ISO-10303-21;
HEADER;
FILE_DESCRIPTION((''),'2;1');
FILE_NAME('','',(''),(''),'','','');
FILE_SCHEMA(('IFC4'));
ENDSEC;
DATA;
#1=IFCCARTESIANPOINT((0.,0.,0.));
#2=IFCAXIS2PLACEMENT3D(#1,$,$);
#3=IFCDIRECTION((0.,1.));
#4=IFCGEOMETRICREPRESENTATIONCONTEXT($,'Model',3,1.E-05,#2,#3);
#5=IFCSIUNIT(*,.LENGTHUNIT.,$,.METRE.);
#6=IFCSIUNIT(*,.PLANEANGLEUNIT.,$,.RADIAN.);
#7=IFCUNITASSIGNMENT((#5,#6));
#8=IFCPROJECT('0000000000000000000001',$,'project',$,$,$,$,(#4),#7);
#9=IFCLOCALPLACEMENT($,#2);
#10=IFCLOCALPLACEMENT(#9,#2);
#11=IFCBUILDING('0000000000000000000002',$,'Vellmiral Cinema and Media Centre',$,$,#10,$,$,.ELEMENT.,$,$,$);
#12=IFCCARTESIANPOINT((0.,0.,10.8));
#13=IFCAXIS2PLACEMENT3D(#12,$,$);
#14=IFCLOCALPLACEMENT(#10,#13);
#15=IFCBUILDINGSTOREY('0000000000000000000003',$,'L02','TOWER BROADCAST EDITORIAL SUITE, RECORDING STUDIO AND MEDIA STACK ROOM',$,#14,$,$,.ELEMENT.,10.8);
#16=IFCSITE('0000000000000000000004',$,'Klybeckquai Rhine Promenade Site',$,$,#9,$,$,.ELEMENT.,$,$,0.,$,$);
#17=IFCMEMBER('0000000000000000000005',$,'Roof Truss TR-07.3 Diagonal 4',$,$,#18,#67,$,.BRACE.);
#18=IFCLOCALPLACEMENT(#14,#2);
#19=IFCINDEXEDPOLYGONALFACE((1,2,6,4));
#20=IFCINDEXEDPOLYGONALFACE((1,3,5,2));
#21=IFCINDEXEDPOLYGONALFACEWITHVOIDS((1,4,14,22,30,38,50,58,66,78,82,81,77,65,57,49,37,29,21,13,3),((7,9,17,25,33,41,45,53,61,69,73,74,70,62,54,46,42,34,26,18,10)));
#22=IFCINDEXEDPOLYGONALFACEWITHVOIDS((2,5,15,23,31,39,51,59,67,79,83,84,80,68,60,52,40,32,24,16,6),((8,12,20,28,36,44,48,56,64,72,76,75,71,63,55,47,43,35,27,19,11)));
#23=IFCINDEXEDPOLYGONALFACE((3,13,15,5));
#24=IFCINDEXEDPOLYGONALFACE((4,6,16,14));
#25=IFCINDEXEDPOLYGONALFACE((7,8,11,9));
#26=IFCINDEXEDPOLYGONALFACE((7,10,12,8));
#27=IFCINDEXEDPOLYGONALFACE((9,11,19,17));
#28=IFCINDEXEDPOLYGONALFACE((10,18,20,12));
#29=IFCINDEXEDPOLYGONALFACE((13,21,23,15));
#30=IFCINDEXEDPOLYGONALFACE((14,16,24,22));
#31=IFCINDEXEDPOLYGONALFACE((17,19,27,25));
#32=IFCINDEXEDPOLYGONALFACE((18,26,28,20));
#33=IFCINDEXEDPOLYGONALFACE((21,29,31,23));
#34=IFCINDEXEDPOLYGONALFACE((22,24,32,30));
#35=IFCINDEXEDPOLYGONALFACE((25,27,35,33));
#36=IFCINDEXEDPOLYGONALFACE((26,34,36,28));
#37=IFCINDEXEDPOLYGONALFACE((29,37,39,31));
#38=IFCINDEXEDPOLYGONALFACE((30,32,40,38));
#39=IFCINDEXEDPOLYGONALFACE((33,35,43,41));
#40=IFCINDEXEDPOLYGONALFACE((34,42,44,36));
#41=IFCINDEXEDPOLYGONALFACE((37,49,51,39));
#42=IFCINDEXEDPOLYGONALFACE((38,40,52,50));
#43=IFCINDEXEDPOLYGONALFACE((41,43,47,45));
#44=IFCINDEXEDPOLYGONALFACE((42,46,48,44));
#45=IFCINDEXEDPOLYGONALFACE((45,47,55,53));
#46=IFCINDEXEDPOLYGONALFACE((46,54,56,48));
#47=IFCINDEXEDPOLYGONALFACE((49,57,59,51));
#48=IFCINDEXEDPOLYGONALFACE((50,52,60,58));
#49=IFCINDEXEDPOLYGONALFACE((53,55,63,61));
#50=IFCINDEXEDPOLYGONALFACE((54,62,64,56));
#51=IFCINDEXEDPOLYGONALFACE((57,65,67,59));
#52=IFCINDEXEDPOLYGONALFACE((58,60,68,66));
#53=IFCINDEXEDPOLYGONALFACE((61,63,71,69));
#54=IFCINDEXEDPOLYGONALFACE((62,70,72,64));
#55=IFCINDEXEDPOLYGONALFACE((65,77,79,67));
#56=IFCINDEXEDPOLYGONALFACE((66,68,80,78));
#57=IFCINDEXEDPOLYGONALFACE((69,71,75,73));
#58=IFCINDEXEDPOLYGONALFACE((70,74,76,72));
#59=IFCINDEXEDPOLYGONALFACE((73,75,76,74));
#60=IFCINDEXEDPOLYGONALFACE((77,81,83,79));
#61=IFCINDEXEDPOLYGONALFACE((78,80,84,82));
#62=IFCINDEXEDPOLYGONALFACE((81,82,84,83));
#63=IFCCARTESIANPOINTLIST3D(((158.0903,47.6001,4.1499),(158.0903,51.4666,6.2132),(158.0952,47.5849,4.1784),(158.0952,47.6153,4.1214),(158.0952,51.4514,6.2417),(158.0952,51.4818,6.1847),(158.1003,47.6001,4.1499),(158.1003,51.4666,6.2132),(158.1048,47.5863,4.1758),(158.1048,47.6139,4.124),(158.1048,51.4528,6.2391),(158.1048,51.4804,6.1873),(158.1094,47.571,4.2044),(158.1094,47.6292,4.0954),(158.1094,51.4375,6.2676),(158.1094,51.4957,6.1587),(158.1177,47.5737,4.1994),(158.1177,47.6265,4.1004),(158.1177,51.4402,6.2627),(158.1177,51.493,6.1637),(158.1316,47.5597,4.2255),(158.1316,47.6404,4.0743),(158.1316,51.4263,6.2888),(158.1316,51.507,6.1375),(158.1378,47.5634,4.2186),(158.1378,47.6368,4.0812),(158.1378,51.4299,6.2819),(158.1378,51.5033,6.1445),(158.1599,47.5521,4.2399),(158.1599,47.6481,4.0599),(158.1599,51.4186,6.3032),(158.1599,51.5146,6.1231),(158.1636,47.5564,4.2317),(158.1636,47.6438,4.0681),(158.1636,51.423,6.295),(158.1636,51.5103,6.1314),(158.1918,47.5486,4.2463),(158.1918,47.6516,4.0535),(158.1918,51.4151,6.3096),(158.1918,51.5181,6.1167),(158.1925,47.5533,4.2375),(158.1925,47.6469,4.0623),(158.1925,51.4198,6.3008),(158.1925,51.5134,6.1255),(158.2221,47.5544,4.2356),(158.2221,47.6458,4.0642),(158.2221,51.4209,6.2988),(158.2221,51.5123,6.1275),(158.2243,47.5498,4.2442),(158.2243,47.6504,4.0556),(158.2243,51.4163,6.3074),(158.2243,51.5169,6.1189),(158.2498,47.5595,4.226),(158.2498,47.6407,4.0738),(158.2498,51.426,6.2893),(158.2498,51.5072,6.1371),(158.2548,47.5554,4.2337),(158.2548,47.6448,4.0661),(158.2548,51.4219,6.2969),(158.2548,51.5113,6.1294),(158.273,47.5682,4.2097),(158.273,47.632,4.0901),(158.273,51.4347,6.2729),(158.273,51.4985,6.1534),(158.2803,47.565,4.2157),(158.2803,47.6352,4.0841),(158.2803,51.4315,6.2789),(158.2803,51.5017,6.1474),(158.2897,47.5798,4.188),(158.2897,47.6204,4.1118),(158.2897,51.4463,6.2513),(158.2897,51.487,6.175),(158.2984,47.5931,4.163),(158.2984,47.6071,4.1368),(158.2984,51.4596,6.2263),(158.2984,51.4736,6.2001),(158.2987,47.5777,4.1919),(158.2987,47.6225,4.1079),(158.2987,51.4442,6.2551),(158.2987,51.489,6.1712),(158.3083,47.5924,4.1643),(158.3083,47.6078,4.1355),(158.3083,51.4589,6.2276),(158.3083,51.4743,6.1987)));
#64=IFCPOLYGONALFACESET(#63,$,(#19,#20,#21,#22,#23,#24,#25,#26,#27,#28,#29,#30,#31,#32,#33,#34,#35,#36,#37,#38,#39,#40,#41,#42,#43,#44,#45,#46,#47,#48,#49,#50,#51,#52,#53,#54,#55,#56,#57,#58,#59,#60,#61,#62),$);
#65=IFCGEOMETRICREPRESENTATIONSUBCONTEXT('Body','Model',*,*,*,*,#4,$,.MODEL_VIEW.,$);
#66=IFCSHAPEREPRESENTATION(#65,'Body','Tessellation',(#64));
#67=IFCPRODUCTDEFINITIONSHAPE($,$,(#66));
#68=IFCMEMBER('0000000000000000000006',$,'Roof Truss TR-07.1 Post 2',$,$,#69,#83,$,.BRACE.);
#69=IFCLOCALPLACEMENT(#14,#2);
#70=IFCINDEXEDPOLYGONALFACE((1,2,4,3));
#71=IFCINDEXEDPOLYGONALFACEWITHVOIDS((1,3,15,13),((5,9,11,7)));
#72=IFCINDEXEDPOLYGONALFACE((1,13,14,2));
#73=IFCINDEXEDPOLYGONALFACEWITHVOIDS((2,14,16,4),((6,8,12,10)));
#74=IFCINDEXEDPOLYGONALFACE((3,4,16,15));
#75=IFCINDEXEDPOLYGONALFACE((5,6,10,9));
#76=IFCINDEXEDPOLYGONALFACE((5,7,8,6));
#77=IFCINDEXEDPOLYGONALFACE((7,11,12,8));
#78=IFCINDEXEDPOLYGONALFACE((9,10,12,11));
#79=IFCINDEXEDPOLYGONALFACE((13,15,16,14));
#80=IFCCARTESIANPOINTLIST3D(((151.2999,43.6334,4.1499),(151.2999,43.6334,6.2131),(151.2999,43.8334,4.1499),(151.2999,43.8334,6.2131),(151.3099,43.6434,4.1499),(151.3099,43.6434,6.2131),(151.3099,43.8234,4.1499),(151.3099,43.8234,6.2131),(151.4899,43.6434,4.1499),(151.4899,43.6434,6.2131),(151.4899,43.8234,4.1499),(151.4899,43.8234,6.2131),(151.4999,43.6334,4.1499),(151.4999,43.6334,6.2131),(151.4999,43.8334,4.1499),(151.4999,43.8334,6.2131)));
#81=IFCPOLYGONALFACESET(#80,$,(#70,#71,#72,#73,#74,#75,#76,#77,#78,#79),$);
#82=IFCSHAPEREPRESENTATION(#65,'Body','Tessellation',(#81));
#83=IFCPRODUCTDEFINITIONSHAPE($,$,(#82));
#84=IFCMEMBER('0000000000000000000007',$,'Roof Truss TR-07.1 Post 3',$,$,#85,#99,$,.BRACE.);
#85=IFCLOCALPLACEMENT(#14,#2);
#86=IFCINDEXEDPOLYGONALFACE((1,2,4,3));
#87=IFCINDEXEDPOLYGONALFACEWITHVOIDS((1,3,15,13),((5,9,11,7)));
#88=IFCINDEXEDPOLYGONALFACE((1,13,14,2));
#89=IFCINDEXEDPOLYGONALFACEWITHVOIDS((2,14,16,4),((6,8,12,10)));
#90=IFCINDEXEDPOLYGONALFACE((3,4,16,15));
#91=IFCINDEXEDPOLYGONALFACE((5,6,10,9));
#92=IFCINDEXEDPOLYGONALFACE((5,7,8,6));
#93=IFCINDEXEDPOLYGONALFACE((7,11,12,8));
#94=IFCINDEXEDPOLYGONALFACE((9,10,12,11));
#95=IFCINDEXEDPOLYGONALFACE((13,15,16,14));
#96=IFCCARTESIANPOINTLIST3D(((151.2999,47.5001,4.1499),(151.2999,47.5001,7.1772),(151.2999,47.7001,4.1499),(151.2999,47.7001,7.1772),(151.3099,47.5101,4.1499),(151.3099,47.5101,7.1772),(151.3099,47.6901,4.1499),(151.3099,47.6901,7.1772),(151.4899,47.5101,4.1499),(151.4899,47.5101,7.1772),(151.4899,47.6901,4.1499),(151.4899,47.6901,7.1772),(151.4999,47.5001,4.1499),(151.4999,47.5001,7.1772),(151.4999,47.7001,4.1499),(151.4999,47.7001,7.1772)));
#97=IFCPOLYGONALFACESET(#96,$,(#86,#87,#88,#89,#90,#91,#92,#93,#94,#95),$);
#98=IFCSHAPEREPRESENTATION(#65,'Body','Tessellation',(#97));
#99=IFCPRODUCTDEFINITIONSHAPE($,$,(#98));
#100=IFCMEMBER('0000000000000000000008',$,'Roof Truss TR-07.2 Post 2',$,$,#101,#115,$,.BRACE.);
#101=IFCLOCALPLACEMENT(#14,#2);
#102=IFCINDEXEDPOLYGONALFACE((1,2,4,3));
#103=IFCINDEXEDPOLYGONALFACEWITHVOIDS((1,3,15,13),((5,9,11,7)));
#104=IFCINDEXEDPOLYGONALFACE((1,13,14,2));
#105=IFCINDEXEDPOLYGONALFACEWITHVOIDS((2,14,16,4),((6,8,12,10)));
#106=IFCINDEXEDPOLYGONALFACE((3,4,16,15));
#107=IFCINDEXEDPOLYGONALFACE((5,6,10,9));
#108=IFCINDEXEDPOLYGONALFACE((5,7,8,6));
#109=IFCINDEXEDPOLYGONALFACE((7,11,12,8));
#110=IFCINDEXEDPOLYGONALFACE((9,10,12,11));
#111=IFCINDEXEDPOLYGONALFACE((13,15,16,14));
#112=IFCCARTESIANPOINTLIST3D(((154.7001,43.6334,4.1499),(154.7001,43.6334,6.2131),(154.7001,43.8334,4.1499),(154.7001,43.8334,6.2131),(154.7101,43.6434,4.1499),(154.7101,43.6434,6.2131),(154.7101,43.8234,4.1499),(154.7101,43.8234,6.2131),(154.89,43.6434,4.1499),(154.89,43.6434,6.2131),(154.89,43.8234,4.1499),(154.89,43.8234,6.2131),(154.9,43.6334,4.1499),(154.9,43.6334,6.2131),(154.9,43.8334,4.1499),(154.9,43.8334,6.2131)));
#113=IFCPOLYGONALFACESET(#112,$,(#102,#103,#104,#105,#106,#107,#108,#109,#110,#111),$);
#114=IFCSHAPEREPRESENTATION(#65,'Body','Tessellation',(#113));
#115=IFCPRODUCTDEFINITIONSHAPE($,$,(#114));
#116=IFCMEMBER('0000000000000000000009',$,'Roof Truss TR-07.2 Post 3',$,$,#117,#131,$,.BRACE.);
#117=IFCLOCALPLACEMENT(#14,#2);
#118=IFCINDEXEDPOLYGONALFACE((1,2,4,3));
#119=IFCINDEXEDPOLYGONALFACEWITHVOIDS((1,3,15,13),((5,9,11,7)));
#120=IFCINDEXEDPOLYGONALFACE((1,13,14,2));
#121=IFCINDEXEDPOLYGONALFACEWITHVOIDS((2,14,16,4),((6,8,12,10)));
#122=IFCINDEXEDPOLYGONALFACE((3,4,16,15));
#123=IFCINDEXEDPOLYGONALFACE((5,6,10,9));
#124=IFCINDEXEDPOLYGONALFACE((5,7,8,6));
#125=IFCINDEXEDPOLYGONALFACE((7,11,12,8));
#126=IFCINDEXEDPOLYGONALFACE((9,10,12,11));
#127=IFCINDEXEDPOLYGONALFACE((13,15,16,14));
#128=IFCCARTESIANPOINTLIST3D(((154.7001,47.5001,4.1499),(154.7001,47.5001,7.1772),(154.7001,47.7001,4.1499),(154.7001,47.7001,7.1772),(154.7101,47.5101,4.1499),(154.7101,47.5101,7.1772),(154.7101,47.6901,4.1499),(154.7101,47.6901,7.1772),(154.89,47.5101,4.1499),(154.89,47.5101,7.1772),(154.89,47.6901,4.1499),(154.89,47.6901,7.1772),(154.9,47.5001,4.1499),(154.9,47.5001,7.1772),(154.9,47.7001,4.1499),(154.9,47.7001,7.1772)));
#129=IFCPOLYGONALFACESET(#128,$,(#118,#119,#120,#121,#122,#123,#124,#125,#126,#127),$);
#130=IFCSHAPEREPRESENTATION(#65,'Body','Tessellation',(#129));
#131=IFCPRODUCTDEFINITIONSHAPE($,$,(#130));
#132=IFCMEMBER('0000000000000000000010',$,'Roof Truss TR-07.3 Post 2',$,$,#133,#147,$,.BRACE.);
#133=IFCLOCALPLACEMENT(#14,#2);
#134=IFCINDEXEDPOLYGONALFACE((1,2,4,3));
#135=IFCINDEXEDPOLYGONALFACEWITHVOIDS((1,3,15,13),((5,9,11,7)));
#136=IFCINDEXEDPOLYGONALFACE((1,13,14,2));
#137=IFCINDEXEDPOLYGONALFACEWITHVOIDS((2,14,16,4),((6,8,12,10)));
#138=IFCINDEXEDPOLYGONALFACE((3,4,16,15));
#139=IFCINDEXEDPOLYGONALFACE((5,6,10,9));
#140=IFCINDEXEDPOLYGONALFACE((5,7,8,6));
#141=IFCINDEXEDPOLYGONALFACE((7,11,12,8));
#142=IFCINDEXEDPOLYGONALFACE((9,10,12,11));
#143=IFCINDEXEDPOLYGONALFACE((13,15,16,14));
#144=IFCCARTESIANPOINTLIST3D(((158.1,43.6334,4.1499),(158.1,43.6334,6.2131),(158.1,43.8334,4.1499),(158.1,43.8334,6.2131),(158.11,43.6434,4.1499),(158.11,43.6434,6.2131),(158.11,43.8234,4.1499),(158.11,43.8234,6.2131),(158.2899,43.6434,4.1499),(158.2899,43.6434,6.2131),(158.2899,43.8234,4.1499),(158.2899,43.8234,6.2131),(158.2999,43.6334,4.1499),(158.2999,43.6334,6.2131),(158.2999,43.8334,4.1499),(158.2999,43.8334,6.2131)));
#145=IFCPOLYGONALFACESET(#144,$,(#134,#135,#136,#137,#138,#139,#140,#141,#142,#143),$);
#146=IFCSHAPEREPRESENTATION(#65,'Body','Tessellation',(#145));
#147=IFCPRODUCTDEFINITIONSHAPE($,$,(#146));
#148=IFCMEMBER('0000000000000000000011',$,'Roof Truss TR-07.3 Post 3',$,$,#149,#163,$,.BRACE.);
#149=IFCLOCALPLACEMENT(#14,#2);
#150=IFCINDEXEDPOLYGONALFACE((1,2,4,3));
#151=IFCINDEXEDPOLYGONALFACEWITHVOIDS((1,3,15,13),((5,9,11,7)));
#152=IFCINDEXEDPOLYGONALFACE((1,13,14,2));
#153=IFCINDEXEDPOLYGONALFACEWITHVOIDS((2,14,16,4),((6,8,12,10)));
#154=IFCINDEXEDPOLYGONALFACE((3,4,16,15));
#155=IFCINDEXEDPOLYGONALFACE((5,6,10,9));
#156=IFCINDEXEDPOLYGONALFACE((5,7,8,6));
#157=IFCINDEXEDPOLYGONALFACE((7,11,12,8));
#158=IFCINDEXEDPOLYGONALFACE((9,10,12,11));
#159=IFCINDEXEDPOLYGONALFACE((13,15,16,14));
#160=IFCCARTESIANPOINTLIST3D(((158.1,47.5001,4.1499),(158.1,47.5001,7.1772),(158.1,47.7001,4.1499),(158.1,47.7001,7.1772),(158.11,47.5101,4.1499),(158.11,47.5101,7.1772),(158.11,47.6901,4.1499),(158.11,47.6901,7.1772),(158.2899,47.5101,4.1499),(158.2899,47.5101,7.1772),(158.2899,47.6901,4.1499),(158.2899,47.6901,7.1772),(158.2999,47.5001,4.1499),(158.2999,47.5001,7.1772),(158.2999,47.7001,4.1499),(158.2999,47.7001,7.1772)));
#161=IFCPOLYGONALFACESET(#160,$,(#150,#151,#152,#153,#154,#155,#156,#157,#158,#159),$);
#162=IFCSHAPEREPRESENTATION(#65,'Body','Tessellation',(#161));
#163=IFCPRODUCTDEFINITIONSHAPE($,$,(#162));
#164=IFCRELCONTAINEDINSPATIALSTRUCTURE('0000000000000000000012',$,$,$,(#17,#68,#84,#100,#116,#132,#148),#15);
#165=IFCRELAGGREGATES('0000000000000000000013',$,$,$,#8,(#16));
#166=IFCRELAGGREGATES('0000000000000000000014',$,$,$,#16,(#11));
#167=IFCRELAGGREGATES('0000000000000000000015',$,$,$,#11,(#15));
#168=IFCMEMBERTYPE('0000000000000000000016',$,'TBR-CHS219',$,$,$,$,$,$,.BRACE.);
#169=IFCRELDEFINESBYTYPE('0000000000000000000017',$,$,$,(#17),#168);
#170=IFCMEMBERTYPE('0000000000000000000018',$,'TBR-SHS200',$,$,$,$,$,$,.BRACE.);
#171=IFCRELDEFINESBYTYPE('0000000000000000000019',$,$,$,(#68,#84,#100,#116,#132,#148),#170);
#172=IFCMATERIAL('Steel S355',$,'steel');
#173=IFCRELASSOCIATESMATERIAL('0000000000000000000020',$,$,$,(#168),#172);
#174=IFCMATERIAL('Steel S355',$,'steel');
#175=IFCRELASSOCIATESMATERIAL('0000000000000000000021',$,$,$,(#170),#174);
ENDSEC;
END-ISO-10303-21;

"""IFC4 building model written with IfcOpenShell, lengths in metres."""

from ifc_helpers import new_model, si_unit, direction, frame, origin, origin_2d, place, context, subcontext, project, spatial, hollow_rectangle, hollow_circle, extrude, material, material_profile, profile_set, type_object, element, save


model = new_model("IFC4")

# Units and contexts
model_context = context("Model", 3, precision=1e-05, world=origin(), true_north=direction((0.0, 1.0)))
body_context = subcontext(model_context, "Body", "Model", "MODEL_VIEW")
ifc_project = project(units=[si_unit("LENGTHUNIT", "METRE"), si_unit("PLANEANGLEUNIT", "RADIAN")], contexts=[model_context])

# Site, building, storey
site_placement = place(None, origin())
site = spatial("IfcSite", under=ifc_project, at=site_placement, Name="Klybeckquai Rhine Promenade Site", CompositionType="ELEMENT", RefElevation=0.0)
building_placement = place(site_placement, origin())
building = spatial("IfcBuilding", under=site, at=building_placement, Name="Vellmiral Cinema and Media Centre", CompositionType="ELEMENT")
storey_placement = place(building_placement, frame((0.0, 0.0, 10.8)))
storey = spatial("IfcBuildingStorey", under=building, at=storey_placement, Name="L02", Description="TOWER BROADCAST EDITORIAL SUITE, RECORDING STUDIO AND MEDIA STACK ROOM", CompositionType="ELEMENT", Elevation=10.8)

# Members
ifc_material_1 = material(Name="Steel S355", Category="steel")
ifc_material_profile_1 = material_profile(ifc_material_1, hollow_circle(Radius=0.1096, WallThickness=0.01, at=origin_2d()), Name="CHS 219.1x10.0")
ifc_profile_set_1 = profile_set([ifc_material_profile_1], Name="Steel S355")
member_type_1 = type_object("IfcMemberType", Name="TBR-CHS219", PredefinedType="BRACE", material=ifc_profile_set_1)
member_1_placement = place(storey_placement, frame((158.2, 47.6001, 4.1499), z_axis=(0.0, 0.882247, 0.470788), x_axis=(-1.0, 0.0, 0.0)))
element("IfcMember", 1, at=member_1_placement, inside=storey, type_object=member_type_1, Name="Roof Truss TR-07.3 Diagonal 4", PredefinedType="BRACE", context=body_context, shape_type="SweptSolid", body=[
    extrude(hollow_circle(Radius=0.1096, WallThickness=0.01, at=origin_2d()), origin(), (0.0, 0.0, 1.0), 4.3826),
])
ifc_material_2 = material(Name="Steel S355", Category="steel")
ifc_material_profile_2 = material_profile(ifc_material_2, hollow_rectangle(XDim=0.2, YDim=0.2, WallThickness=0.01, at=origin_2d()), Name="SHS 200x200x10.0")
ifc_profile_set_2 = profile_set([ifc_material_profile_2], Name="Steel S355")
member_type_2 = type_object("IfcMemberType", Name="TBR-SHS200", PredefinedType="BRACE", material=ifc_profile_set_2)
member_2_placement = place(storey_placement, frame((151.3999, 43.7334, 4.1499), z_axis=(0.0, 0.0, 1.0), x_axis=(1.0, 0.0, 0.0)))
element("IfcMember", 2, at=member_2_placement, inside=storey, type_object=member_type_2, Name="Roof Truss TR-07.1 Post 2", PredefinedType="BRACE", context=body_context, shape_type="SweptSolid", body=[
    extrude(hollow_rectangle(XDim=0.2, YDim=0.2, WallThickness=0.01, at=origin_2d()), origin(), (0.0, 0.0, 1.0), 2.0632),
])
member_3_placement = place(storey_placement, frame((151.3999, 47.6001, 4.1499), z_axis=(0.0, 0.0, 1.0), x_axis=(1.0, 0.0, 0.0)))
element("IfcMember", 3, at=member_3_placement, inside=storey, type_object=member_type_2, Name="Roof Truss TR-07.1 Post 3", PredefinedType="BRACE", context=body_context, shape_type="SweptSolid", body=[
    extrude(hollow_rectangle(XDim=0.2, YDim=0.2, WallThickness=0.01, at=origin_2d()), origin(), (0.0, 0.0, 1.0), 3.0273),
])
member_4_placement = place(storey_placement, frame((154.8, 43.7334, 4.1499), z_axis=(0.0, 0.0, 1.0), x_axis=(1.0, 0.0, 0.0)))
element("IfcMember", 4, at=member_4_placement, inside=storey, type_object=member_type_2, Name="Roof Truss TR-07.2 Post 2", PredefinedType="BRACE", context=body_context, shape_type="SweptSolid", body=[
    extrude(hollow_rectangle(XDim=0.2, YDim=0.2, WallThickness=0.01, at=origin_2d()), origin(), (0.0, 0.0, 1.0), 2.0632),
])
member_5_placement = place(storey_placement, frame((154.8, 47.6001, 4.1499), z_axis=(0.0, 0.0, 1.0), x_axis=(1.0, 0.0, 0.0)))
element("IfcMember", 5, at=member_5_placement, inside=storey, type_object=member_type_2, Name="Roof Truss TR-07.2 Post 3", PredefinedType="BRACE", context=body_context, shape_type="SweptSolid", body=[
    extrude(hollow_rectangle(XDim=0.2, YDim=0.2, WallThickness=0.01, at=origin_2d()), origin(), (0.0, 0.0, 1.0), 3.0273),
])
member_6_placement = place(storey_placement, frame((158.2, 43.7334, 4.1499), z_axis=(0.0, 0.0, 1.0), x_axis=(1.0, 0.0, 0.0)))
element("IfcMember", 6, at=member_6_placement, inside=storey, type_object=member_type_2, Name="Roof Truss TR-07.3 Post 2", PredefinedType="BRACE", context=body_context, shape_type="SweptSolid", body=[
    extrude(hollow_rectangle(XDim=0.2, YDim=0.2, WallThickness=0.01, at=origin_2d()), origin(), (0.0, 0.0, 1.0), 2.0632),
])
member_7_placement = place(storey_placement, frame((158.2, 47.6001, 4.1499), z_axis=(0.0, 0.0, 1.0), x_axis=(1.0, 0.0, 0.0)))
element("IfcMember", 7, at=member_7_placement, inside=storey, type_object=member_type_2, Name="Roof Truss TR-07.3 Post 3", PredefinedType="BRACE", context=body_context, shape_type="SweptSolid", body=[
    extrude(hollow_rectangle(XDim=0.2, YDim=0.2, WallThickness=0.01, at=origin_2d()), origin(), (0.0, 0.0, 1.0), 3.0273),
])

save(model, "model.ifc")
